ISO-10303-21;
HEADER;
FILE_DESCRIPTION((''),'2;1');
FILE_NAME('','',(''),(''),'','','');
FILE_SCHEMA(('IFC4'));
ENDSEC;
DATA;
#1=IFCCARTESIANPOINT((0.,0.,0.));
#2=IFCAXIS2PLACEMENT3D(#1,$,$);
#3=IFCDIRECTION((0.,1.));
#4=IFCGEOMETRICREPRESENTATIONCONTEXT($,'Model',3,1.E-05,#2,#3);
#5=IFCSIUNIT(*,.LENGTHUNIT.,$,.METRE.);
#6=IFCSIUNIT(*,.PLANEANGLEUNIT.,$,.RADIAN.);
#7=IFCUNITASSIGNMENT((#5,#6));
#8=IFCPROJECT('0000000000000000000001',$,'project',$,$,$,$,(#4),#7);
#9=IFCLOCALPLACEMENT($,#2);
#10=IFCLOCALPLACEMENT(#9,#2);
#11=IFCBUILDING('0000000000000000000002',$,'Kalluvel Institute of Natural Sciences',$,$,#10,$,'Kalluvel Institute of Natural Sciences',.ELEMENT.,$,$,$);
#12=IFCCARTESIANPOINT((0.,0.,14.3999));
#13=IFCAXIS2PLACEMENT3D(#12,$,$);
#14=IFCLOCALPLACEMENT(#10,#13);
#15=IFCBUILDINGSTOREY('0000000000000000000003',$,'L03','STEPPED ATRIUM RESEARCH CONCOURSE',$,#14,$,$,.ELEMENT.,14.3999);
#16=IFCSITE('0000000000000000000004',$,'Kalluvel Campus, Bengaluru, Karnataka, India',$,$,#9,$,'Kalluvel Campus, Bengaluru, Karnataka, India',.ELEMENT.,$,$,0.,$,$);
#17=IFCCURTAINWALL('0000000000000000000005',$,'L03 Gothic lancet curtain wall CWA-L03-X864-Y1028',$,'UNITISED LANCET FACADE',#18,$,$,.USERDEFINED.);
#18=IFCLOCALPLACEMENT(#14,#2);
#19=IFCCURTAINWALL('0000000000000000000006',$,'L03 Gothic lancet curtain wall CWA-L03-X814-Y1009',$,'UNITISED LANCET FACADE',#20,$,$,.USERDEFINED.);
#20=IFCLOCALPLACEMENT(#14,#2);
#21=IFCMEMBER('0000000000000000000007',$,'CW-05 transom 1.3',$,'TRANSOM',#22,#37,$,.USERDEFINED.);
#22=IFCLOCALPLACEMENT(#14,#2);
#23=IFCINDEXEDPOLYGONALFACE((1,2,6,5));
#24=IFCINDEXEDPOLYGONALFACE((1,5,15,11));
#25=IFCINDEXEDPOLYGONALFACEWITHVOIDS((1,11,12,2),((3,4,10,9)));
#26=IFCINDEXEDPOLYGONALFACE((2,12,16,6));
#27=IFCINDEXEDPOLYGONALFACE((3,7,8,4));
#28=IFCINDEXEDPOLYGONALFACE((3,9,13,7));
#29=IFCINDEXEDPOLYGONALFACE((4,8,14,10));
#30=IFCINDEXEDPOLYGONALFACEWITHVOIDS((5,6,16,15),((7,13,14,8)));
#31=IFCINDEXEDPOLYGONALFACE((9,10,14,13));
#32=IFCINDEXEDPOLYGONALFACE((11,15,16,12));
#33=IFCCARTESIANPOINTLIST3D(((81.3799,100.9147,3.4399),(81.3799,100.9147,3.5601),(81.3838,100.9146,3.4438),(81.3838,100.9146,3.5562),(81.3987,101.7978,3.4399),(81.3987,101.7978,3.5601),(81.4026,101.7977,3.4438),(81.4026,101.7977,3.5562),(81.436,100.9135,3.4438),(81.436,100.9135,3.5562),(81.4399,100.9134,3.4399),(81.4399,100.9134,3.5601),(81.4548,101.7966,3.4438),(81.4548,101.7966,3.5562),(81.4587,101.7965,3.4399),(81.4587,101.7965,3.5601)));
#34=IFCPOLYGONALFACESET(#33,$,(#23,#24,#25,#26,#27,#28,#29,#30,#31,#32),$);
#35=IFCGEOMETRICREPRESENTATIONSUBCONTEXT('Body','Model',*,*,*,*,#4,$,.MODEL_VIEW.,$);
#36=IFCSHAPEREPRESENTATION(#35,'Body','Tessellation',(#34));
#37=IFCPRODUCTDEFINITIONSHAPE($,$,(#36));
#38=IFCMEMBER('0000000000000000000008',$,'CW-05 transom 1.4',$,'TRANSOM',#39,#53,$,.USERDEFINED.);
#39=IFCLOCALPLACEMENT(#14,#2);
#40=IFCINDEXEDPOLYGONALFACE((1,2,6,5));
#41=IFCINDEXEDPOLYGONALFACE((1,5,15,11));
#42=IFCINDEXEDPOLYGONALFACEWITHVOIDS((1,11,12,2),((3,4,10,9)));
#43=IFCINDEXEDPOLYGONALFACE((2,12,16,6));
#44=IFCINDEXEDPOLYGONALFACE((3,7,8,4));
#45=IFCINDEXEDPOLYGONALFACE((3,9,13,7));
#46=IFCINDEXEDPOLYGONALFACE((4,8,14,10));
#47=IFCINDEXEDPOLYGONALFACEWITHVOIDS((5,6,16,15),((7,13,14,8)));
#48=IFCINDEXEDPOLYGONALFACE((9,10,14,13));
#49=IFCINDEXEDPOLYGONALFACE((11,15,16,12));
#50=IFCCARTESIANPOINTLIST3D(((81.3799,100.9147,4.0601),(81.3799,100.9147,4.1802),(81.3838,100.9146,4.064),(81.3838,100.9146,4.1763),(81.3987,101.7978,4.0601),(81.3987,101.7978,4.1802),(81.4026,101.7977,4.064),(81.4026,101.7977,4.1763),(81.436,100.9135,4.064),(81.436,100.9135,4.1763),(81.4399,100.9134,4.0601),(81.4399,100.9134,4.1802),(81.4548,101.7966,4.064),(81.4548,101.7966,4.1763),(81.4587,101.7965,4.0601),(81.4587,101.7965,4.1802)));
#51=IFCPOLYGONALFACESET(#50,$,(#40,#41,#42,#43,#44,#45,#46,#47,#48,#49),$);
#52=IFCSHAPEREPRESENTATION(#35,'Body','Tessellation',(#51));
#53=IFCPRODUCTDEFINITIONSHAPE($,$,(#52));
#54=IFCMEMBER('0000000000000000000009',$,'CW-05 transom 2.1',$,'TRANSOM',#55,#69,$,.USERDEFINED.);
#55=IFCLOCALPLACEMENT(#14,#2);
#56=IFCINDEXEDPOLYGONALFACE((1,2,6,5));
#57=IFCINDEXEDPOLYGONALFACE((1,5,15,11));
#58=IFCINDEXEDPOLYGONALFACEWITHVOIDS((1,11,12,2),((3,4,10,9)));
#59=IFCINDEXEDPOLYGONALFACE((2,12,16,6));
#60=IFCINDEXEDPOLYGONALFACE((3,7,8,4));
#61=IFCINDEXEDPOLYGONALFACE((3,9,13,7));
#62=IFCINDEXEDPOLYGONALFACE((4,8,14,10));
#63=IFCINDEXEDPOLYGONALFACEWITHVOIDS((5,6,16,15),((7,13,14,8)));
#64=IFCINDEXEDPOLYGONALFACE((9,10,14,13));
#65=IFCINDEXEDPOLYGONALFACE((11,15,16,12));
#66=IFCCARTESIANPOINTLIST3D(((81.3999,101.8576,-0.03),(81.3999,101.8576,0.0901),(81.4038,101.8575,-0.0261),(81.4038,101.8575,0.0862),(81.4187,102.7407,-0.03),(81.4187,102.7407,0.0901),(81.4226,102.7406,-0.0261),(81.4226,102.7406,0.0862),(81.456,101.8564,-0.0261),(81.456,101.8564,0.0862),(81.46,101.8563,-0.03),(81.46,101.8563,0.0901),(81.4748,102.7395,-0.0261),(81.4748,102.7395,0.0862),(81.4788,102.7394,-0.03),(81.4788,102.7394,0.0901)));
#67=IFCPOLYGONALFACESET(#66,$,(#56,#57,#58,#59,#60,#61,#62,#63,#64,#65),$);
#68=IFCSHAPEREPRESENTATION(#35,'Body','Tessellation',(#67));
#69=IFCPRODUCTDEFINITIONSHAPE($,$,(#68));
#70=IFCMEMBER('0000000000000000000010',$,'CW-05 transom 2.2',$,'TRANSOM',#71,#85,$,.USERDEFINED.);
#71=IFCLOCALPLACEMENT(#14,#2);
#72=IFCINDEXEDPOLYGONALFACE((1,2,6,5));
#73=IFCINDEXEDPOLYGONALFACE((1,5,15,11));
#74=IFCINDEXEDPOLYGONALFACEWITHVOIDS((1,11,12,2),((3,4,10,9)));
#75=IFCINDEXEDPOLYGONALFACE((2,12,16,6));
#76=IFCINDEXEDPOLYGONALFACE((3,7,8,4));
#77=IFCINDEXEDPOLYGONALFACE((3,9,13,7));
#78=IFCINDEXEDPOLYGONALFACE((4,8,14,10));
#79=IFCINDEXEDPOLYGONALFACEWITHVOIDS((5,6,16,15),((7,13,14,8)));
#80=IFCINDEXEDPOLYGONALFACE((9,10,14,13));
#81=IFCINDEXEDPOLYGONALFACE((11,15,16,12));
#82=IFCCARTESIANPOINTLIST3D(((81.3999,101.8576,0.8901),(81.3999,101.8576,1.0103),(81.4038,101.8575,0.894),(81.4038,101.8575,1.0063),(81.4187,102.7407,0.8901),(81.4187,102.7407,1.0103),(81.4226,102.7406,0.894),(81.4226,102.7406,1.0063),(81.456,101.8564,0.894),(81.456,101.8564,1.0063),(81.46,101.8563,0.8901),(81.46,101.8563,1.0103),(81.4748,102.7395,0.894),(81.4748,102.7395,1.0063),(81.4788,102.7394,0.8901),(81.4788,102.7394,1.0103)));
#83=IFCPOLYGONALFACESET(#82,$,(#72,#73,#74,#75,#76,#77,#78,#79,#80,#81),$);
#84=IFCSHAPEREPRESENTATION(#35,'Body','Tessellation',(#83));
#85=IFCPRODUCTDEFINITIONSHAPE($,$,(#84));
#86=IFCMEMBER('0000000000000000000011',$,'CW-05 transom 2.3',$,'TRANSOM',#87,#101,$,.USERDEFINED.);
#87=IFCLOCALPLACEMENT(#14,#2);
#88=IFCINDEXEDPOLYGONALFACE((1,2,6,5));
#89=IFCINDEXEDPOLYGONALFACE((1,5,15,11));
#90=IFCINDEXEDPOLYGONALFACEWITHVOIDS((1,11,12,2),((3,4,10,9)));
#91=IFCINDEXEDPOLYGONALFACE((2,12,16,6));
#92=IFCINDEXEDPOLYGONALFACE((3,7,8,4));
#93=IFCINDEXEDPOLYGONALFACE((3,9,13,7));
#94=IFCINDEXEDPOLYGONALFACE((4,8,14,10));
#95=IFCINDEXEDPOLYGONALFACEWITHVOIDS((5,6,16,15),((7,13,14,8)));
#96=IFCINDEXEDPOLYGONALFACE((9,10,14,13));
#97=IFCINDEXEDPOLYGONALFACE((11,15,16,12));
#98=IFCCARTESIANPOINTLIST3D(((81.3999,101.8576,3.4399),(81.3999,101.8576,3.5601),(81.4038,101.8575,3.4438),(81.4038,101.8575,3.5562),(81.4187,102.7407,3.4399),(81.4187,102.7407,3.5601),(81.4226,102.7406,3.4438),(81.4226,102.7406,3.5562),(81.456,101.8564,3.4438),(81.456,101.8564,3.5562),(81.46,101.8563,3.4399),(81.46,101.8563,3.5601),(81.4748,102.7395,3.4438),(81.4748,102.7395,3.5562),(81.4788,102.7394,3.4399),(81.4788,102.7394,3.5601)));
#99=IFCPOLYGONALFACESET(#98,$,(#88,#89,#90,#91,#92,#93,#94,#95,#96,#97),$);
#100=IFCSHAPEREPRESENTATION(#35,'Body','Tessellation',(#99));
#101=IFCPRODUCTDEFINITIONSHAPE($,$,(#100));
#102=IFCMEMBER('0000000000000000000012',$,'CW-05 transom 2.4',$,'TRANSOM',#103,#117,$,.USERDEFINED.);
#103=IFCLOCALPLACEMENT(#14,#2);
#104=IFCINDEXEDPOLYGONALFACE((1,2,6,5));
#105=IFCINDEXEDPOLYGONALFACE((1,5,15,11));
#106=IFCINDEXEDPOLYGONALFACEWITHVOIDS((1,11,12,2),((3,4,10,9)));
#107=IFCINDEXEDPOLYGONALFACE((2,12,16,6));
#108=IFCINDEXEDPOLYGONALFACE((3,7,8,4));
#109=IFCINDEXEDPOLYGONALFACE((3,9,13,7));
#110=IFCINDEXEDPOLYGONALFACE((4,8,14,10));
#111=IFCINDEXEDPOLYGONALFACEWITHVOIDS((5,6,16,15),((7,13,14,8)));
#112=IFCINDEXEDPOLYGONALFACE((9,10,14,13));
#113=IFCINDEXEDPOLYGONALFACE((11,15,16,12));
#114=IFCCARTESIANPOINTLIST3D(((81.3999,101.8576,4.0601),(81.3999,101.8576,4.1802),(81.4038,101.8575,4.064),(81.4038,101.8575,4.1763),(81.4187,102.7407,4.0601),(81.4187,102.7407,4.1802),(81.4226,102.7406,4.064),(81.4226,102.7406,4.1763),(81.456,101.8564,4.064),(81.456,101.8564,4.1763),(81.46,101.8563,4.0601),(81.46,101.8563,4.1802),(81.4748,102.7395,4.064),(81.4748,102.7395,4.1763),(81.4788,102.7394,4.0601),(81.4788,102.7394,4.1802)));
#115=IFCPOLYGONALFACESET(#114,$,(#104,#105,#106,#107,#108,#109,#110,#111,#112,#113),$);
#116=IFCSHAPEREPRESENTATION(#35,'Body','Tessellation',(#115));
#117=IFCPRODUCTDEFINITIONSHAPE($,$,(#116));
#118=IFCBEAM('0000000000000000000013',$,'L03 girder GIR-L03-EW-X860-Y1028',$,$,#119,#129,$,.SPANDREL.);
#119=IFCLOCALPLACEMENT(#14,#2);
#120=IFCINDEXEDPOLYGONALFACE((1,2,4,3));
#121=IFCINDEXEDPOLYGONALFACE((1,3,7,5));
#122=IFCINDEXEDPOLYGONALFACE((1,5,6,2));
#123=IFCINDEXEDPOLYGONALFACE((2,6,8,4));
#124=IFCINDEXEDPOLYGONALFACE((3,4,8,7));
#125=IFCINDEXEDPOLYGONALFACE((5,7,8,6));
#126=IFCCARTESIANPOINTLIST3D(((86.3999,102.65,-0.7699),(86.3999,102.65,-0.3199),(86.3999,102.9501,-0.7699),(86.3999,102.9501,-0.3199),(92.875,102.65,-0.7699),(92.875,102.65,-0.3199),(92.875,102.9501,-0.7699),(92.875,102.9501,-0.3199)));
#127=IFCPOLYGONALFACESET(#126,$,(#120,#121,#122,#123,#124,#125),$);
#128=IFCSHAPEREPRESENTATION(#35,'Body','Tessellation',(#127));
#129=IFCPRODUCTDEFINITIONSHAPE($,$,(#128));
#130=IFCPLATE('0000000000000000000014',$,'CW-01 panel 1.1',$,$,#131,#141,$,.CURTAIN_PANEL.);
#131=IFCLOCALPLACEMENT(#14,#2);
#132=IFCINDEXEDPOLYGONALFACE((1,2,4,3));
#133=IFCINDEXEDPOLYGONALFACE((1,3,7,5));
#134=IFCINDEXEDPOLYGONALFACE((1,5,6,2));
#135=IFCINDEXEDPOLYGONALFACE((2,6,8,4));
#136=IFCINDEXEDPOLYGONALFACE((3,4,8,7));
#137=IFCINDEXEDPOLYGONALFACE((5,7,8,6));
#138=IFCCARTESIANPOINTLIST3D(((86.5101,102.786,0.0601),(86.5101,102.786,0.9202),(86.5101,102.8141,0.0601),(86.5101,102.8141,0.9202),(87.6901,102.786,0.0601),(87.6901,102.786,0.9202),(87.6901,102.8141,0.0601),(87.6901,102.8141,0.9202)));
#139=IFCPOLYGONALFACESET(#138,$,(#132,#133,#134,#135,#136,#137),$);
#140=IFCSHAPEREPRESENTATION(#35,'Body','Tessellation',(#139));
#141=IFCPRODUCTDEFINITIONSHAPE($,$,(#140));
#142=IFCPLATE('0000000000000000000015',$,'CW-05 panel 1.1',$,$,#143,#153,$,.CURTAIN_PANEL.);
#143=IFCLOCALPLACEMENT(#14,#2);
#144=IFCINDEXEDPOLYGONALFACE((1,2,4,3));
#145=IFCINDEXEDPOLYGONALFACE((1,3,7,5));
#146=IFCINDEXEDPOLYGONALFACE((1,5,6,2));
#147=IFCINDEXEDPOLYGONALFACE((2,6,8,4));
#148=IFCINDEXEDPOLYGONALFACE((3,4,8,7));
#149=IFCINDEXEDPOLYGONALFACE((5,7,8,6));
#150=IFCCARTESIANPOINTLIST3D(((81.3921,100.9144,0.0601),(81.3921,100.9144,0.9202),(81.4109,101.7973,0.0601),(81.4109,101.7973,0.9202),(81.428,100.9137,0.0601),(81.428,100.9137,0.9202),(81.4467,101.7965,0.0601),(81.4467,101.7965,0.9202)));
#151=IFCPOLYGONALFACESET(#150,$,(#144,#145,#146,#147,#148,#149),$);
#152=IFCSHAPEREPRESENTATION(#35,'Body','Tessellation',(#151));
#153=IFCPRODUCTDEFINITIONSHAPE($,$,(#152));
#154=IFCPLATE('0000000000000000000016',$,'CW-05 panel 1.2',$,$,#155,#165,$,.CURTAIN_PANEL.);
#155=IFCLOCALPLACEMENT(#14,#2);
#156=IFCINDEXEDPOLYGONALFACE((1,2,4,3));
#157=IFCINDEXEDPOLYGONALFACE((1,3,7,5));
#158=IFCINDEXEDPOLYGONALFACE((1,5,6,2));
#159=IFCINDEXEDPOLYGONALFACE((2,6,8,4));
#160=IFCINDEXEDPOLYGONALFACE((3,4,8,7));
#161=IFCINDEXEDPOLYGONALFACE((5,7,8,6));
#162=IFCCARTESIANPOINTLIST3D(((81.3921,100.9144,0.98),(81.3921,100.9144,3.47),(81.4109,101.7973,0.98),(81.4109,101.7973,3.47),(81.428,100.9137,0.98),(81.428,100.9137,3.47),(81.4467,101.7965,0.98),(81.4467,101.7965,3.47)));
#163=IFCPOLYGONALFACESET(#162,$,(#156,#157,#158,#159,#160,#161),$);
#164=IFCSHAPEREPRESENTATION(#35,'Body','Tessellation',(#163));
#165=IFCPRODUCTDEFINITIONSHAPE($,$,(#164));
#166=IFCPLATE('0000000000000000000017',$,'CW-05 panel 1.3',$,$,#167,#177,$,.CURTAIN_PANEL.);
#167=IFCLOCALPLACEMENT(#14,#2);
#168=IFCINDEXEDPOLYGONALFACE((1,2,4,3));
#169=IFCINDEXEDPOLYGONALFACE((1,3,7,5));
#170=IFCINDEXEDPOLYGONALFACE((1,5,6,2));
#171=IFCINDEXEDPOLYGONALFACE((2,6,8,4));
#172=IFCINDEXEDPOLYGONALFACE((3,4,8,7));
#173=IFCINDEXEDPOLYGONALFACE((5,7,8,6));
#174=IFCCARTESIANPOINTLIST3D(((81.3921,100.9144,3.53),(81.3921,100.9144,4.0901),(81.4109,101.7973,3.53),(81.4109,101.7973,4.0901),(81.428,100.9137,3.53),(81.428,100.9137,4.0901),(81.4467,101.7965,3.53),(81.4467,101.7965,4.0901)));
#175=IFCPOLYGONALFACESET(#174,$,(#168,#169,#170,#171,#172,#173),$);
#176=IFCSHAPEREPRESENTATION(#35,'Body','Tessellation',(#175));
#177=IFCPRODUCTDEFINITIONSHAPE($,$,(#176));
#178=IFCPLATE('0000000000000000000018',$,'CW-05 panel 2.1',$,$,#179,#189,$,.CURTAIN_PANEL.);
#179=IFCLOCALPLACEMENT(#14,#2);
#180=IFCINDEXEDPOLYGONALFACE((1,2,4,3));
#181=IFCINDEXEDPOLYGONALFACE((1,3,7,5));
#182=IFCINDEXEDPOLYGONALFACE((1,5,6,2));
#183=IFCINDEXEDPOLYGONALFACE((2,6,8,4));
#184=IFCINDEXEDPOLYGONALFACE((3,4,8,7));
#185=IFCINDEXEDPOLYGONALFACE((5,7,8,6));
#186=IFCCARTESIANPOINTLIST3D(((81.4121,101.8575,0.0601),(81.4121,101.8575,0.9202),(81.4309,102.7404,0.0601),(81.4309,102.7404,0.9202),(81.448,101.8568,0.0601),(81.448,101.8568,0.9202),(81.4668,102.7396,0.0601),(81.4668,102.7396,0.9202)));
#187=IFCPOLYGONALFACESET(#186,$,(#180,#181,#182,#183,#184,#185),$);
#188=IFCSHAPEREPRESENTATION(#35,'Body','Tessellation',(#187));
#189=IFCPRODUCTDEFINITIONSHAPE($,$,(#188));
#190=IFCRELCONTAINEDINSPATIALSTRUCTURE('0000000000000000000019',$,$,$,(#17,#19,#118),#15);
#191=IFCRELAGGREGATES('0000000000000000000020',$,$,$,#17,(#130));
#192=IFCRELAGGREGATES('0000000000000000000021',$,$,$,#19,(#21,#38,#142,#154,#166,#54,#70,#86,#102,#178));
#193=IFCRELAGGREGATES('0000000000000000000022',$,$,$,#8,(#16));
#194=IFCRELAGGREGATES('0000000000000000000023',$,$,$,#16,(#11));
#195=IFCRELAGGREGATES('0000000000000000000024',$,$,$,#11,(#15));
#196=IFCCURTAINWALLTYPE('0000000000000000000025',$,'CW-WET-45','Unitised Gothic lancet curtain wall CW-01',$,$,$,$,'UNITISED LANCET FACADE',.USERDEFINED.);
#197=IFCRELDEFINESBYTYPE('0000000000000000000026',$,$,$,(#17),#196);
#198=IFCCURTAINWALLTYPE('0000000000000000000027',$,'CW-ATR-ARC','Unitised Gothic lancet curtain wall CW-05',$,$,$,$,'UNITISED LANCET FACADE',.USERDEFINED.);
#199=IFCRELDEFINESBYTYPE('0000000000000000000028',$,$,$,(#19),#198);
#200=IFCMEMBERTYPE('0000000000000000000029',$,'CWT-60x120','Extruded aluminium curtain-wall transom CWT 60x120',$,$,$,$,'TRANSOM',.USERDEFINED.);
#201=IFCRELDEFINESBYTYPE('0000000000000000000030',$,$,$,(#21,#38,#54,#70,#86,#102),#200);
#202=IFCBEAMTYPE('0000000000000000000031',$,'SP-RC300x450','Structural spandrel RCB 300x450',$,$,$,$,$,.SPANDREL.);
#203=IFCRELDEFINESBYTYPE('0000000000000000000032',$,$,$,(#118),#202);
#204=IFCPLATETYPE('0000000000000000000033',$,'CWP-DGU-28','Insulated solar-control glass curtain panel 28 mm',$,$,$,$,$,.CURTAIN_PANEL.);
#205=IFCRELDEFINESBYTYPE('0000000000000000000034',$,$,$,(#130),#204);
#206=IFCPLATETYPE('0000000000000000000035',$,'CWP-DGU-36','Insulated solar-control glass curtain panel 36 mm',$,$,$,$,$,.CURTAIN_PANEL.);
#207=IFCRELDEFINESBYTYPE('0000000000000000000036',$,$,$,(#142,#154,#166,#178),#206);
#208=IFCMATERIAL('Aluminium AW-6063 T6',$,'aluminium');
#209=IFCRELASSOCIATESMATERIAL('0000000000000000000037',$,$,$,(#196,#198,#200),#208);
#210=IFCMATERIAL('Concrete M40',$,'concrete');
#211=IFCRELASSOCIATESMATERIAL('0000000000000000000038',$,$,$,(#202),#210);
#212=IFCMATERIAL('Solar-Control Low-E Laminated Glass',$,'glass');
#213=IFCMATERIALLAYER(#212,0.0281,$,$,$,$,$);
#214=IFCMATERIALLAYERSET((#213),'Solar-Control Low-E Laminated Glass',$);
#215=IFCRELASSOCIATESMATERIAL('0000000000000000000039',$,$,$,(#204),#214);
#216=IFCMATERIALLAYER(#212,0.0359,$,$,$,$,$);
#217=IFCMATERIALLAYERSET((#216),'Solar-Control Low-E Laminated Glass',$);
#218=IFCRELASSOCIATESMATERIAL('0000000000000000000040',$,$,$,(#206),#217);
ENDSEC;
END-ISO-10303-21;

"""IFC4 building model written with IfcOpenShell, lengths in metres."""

from ifc_helpers import new_model, si_unit, direction, frame, origin, origin_2d, place, context, subcontext, project, spatial, rectangle, hollow_rectangle, extrude, material, layer, layer_set, material_profile, profile_set, type_object, element, aggregate, save


model = new_model("IFC4")

# Units and contexts
model_context = context("Model", 3, precision=1e-05, world=origin(), true_north=direction((0.0, 1.0)))
body_context = subcontext(model_context, "Body", "Model", "MODEL_VIEW")
ifc_project = project(units=[si_unit("LENGTHUNIT", "METRE"), si_unit("PLANEANGLEUNIT", "RADIAN")], contexts=[model_context])

# Site, building, storey
site_placement = place(None, origin())
site = spatial("IfcSite", under=ifc_project, at=site_placement, Name="Kalluvel Campus, Bengaluru, Karnataka, India", LongName="Kalluvel Campus, Bengaluru, Karnataka, India", CompositionType="ELEMENT", RefElevation=0.0)
building_placement = place(site_placement, origin())
building = spatial("IfcBuilding", under=site, at=building_placement, Name="Kalluvel Institute of Natural Sciences", LongName="Kalluvel Institute of Natural Sciences", CompositionType="ELEMENT")
storey_placement = place(building_placement, frame((0.0, 0.0, 14.3999)))
storey = spatial("IfcBuildingStorey", under=building, at=storey_placement, Name="L03", Description="STEPPED ATRIUM RESEARCH CONCOURSE", CompositionType="ELEMENT", Elevation=14.3999)

# Curtain wall
ifc_material_1 = material(Name="Aluminium AW-6063 T6", Category="aluminium")
curtain_wall_type_1 = type_object("IfcCurtainWallType", Name="CW-WET-45", Description="Unitised Gothic lancet curtain wall CW-01", ElementType="UNITISED LANCET FACADE", PredefinedType="USERDEFINED", material=ifc_material_1)
curtain_wall_1_placement = place(storey_placement, origin())
curtain_wall_1 = element("IfcCurtainWall", 1, at=curtain_wall_1_placement, inside=storey, type_object=curtain_wall_type_1, Name="L03 Gothic lancet curtain wall CWA-L03-X864-Y1028", ObjectType="UNITISED LANCET FACADE", PredefinedType="USERDEFINED")

# Curtain wall
curtain_wall_type_2 = type_object("IfcCurtainWallType", Name="CW-ATR-ARC", Description="Unitised Gothic lancet curtain wall CW-05", ElementType="UNITISED LANCET FACADE", PredefinedType="USERDEFINED", material=ifc_material_1)
curtain_wall_2_placement = place(storey_placement, origin())
curtain_wall_2 = element("IfcCurtainWall", 2, at=curtain_wall_2_placement, inside=storey, type_object=curtain_wall_type_2, Name="L03 Gothic lancet curtain wall CWA-L03-X814-Y1009", ObjectType="UNITISED LANCET FACADE", PredefinedType="USERDEFINED")

# Members
ifc_material_profile_1 = material_profile(ifc_material_1, hollow_rectangle(XDim=0.0601, YDim=0.1201, WallThickness=0.0039, at=origin_2d()), Name="CWT 60x120")
ifc_profile_set_1 = profile_set([ifc_material_profile_1], Name="Aluminium AW-6063 T6")
member_type_1 = type_object("IfcMemberType", Name="CWT-60x120", Description="Extruded aluminium curtain-wall transom CWT 60x120", ElementType="TRANSOM", PredefinedType="USERDEFINED", material=ifc_profile_set_1)
member_1_placement = place(storey_placement, frame((81.4099, 100.9141, 3.5), z_axis=(0.021284, 0.999773, 0.0), x_axis=(-0.999773, 0.021284, 0.0)))
member_1 = element("IfcMember", 3, at=member_1_placement, type_object=member_type_1, Name="CW-05 transom 1.3", ObjectType="TRANSOM", PredefinedType="USERDEFINED", context=body_context, shape_type="SweptSolid", body=[
    extrude(hollow_rectangle(XDim=0.0601, YDim=0.1201, WallThickness=0.0039, at=origin_2d()), origin(), (0.0, 0.0, 1.0), 0.8833),
])
member_2_placement = place(storey_placement, frame((81.4099, 100.9141, 4.1201), z_axis=(0.021284, 0.999773, 0.0), x_axis=(-0.999773, 0.021284, 0.0)))
member_2 = element("IfcMember", 4, at=member_2_placement, type_object=member_type_1, Name="CW-05 transom 1.4", ObjectType="TRANSOM", PredefinedType="USERDEFINED", context=body_context, shape_type="SweptSolid", body=[
    extrude(hollow_rectangle(XDim=0.0601, YDim=0.1201, WallThickness=0.0039, at=origin_2d()), origin(), (0.0, 0.0, 1.0), 0.8833),
])
member_3_placement = place(storey_placement, frame((81.4299, 101.8569, 0.03), z_axis=(0.021284, 0.999773, 0.0), x_axis=(-0.999773, 0.021284, 0.0)))
member_3 = element("IfcMember", 5, at=member_3_placement, type_object=member_type_1, Name="CW-05 transom 2.1", ObjectType="TRANSOM", PredefinedType="USERDEFINED", context=body_context, shape_type="SweptSolid", body=[
    extrude(hollow_rectangle(XDim=0.0601, YDim=0.1201, WallThickness=0.0039, at=origin_2d()), origin(), (0.0, 0.0, 1.0), 0.8833),
])
member_4_placement = place(storey_placement, frame((81.4299, 101.8569, 0.9502), z_axis=(0.021284, 0.999773, 0.0), x_axis=(-0.999773, 0.021284, 0.0)))
member_4 = element("IfcMember", 6, at=member_4_placement, type_object=member_type_1, Name="CW-05 transom 2.2", ObjectType="TRANSOM", PredefinedType="USERDEFINED", context=body_context, shape_type="SweptSolid", body=[
    extrude(hollow_rectangle(XDim=0.0601, YDim=0.1201, WallThickness=0.0039, at=origin_2d()), origin(), (0.0, 0.0, 1.0), 0.8833),
])
member_5_placement = place(storey_placement, frame((81.4299, 101.8569, 3.5), z_axis=(0.021284, 0.999773, 0.0), x_axis=(-0.999773, 0.021284, 0.0)))
member_5 = element("IfcMember", 7, at=member_5_placement, type_object=member_type_1, Name="CW-05 transom 2.3", ObjectType="TRANSOM", PredefinedType="USERDEFINED", context=body_context, shape_type="SweptSolid", body=[
    extrude(hollow_rectangle(XDim=0.0601, YDim=0.1201, WallThickness=0.0039, at=origin_2d()), origin(), (0.0, 0.0, 1.0), 0.8833),
])
member_6_placement = place(storey_placement, frame((81.4299, 101.8569, 4.1201), z_axis=(0.021284, 0.999773, 0.0), x_axis=(-0.999773, 0.021284, 0.0)))
member_6 = element("IfcMember", 8, at=member_6_placement, type_object=member_type_1, Name="CW-05 transom 2.4", ObjectType="TRANSOM", PredefinedType="USERDEFINED", context=body_context, shape_type="SweptSolid", body=[
    extrude(hollow_rectangle(XDim=0.0601, YDim=0.1201, WallThickness=0.0039, at=origin_2d()), origin(), (0.0, 0.0, 1.0), 0.8833),
])

# Beam
ifc_material_2 = material(Name="Concrete M40", Category="concrete")
ifc_material_profile_2 = material_profile(ifc_material_2, rectangle(XDim=0.3, YDim=0.45, at=origin_2d()), Name="RCB 300x450")
ifc_profile_set_2 = profile_set([ifc_material_profile_2], Name="Concrete M40")
beam_type = type_object("IfcBeamType", Name="SP-RC300x450", Description="Structural spandrel RCB 300x450", PredefinedType="SPANDREL", material=ifc_profile_set_2)
beam_placement = place(storey_placement, frame((86.3999, 102.8, -0.5449), z_axis=(1.0, 0.0, 0.0), x_axis=(0.0, 1.0, 0.0)))
element("IfcBeam", 9, at=beam_placement, inside=storey, type_object=beam_type, Name="L03 girder GIR-L03-EW-X860-Y1028", PredefinedType="SPANDREL", context=body_context, shape_type="SweptSolid", body=[
    extrude(rectangle(XDim=0.3, YDim=0.45, at=origin_2d()), origin(), (0.0, 0.0, 1.0), 6.4751),
])

# Plates
ifc_material_3 = material(Name="Solar-Control Low-E Laminated Glass", Category="glass")
ifc_layer_1 = layer(ifc_material_3, 0.0281)
ifc_layer_set_1 = layer_set([ifc_layer_1], Name="Solar-Control Low-E Laminated Glass")
plate_type_1 = type_object("IfcPlateType", Name="CWP-DGU-28", Description="Insulated solar-control glass curtain panel 28 mm", PredefinedType="CURTAIN_PANEL", material=ifc_layer_set_1)
plate_1_placement = place(storey_placement, frame((87.1001, 102.8, 0.0601), z_axis=(0.0, 0.0, 1.0), x_axis=(1.0, 0.0, 0.0)))
plate_1 = element("IfcPlate", 10, at=plate_1_placement, type_object=plate_type_1, Name="CW-01 panel 1.1", PredefinedType="CURTAIN_PANEL", context=body_context, shape_type="SweptSolid", body=[
    extrude(rectangle(XDim=1.1799, YDim=0.0281, at=origin_2d()), origin(), (0.0, 0.0, 1.0), 0.8601),
])
aggregate(curtain_wall_1, [plate_1])
ifc_layer_2 = layer(ifc_material_3, 0.0359)
ifc_layer_set_2 = layer_set([ifc_layer_2], Name="Solar-Control Low-E Laminated Glass")
plate_type_2 = type_object("IfcPlateType", Name="CWP-DGU-36", Description="Insulated solar-control glass curtain panel 36 mm", PredefinedType="CURTAIN_PANEL", material=ifc_layer_set_2)
plate_2_placement = place(storey_placement, frame((81.4194, 101.3555, 0.0601), z_axis=(0.0, 0.0, 1.0), x_axis=(0.021219, 0.999775, 0.0)))
plate_2 = element("IfcPlate", 11, at=plate_2_placement, type_object=plate_type_2, Name="CW-05 panel 1.1", PredefinedType="CURTAIN_PANEL", context=body_context, shape_type="SweptSolid", body=[
    extrude(rectangle(XDim=0.8831, YDim=0.0359, at=origin_2d()), origin(), (0.0, 0.0, 1.0), 0.8601),
])
plate_3_placement = place(storey_placement, frame((81.4194, 101.3555, 0.98), z_axis=(0.0, 0.0, 1.0), x_axis=(0.021219, 0.999775, 0.0)))
plate_3 = element("IfcPlate", 12, at=plate_3_placement, type_object=plate_type_2, Name="CW-05 panel 1.2", PredefinedType="CURTAIN_PANEL", context=body_context, shape_type="SweptSolid", body=[
    extrude(rectangle(XDim=0.8831, YDim=0.0359, at=origin_2d()), origin(), (0.0, 0.0, 1.0), 2.49),
])
plate_4_placement = place(storey_placement, frame((81.4194, 101.3555, 3.53), z_axis=(0.0, 0.0, 1.0), x_axis=(0.021219, 0.999775, 0.0)))
plate_4 = element("IfcPlate", 13, at=plate_4_placement, type_object=plate_type_2, Name="CW-05 panel 1.3", PredefinedType="CURTAIN_PANEL", context=body_context, shape_type="SweptSolid", body=[
    extrude(rectangle(XDim=0.8831, YDim=0.0359, at=origin_2d()), origin(), (0.0, 0.0, 1.0), 0.5601),
])
plate_5_placement = place(storey_placement, frame((81.4395, 102.2986, 0.0601), z_axis=(0.0, 0.0, 1.0), x_axis=(0.021219, 0.999775, 0.0)))
plate_5 = element("IfcPlate", 14, at=plate_5_placement, type_object=plate_type_2, Name="CW-05 panel 2.1", PredefinedType="CURTAIN_PANEL", context=body_context, shape_type="SweptSolid", body=[
    extrude(rectangle(XDim=0.8831, YDim=0.0359, at=origin_2d()), origin(), (0.0, 0.0, 1.0), 0.8601),
])
aggregate(curtain_wall_2, [member_1, member_2, plate_2, plate_3, plate_4, member_3, member_4, member_5, member_6, plate_5])

save(model, "model.ifc")
